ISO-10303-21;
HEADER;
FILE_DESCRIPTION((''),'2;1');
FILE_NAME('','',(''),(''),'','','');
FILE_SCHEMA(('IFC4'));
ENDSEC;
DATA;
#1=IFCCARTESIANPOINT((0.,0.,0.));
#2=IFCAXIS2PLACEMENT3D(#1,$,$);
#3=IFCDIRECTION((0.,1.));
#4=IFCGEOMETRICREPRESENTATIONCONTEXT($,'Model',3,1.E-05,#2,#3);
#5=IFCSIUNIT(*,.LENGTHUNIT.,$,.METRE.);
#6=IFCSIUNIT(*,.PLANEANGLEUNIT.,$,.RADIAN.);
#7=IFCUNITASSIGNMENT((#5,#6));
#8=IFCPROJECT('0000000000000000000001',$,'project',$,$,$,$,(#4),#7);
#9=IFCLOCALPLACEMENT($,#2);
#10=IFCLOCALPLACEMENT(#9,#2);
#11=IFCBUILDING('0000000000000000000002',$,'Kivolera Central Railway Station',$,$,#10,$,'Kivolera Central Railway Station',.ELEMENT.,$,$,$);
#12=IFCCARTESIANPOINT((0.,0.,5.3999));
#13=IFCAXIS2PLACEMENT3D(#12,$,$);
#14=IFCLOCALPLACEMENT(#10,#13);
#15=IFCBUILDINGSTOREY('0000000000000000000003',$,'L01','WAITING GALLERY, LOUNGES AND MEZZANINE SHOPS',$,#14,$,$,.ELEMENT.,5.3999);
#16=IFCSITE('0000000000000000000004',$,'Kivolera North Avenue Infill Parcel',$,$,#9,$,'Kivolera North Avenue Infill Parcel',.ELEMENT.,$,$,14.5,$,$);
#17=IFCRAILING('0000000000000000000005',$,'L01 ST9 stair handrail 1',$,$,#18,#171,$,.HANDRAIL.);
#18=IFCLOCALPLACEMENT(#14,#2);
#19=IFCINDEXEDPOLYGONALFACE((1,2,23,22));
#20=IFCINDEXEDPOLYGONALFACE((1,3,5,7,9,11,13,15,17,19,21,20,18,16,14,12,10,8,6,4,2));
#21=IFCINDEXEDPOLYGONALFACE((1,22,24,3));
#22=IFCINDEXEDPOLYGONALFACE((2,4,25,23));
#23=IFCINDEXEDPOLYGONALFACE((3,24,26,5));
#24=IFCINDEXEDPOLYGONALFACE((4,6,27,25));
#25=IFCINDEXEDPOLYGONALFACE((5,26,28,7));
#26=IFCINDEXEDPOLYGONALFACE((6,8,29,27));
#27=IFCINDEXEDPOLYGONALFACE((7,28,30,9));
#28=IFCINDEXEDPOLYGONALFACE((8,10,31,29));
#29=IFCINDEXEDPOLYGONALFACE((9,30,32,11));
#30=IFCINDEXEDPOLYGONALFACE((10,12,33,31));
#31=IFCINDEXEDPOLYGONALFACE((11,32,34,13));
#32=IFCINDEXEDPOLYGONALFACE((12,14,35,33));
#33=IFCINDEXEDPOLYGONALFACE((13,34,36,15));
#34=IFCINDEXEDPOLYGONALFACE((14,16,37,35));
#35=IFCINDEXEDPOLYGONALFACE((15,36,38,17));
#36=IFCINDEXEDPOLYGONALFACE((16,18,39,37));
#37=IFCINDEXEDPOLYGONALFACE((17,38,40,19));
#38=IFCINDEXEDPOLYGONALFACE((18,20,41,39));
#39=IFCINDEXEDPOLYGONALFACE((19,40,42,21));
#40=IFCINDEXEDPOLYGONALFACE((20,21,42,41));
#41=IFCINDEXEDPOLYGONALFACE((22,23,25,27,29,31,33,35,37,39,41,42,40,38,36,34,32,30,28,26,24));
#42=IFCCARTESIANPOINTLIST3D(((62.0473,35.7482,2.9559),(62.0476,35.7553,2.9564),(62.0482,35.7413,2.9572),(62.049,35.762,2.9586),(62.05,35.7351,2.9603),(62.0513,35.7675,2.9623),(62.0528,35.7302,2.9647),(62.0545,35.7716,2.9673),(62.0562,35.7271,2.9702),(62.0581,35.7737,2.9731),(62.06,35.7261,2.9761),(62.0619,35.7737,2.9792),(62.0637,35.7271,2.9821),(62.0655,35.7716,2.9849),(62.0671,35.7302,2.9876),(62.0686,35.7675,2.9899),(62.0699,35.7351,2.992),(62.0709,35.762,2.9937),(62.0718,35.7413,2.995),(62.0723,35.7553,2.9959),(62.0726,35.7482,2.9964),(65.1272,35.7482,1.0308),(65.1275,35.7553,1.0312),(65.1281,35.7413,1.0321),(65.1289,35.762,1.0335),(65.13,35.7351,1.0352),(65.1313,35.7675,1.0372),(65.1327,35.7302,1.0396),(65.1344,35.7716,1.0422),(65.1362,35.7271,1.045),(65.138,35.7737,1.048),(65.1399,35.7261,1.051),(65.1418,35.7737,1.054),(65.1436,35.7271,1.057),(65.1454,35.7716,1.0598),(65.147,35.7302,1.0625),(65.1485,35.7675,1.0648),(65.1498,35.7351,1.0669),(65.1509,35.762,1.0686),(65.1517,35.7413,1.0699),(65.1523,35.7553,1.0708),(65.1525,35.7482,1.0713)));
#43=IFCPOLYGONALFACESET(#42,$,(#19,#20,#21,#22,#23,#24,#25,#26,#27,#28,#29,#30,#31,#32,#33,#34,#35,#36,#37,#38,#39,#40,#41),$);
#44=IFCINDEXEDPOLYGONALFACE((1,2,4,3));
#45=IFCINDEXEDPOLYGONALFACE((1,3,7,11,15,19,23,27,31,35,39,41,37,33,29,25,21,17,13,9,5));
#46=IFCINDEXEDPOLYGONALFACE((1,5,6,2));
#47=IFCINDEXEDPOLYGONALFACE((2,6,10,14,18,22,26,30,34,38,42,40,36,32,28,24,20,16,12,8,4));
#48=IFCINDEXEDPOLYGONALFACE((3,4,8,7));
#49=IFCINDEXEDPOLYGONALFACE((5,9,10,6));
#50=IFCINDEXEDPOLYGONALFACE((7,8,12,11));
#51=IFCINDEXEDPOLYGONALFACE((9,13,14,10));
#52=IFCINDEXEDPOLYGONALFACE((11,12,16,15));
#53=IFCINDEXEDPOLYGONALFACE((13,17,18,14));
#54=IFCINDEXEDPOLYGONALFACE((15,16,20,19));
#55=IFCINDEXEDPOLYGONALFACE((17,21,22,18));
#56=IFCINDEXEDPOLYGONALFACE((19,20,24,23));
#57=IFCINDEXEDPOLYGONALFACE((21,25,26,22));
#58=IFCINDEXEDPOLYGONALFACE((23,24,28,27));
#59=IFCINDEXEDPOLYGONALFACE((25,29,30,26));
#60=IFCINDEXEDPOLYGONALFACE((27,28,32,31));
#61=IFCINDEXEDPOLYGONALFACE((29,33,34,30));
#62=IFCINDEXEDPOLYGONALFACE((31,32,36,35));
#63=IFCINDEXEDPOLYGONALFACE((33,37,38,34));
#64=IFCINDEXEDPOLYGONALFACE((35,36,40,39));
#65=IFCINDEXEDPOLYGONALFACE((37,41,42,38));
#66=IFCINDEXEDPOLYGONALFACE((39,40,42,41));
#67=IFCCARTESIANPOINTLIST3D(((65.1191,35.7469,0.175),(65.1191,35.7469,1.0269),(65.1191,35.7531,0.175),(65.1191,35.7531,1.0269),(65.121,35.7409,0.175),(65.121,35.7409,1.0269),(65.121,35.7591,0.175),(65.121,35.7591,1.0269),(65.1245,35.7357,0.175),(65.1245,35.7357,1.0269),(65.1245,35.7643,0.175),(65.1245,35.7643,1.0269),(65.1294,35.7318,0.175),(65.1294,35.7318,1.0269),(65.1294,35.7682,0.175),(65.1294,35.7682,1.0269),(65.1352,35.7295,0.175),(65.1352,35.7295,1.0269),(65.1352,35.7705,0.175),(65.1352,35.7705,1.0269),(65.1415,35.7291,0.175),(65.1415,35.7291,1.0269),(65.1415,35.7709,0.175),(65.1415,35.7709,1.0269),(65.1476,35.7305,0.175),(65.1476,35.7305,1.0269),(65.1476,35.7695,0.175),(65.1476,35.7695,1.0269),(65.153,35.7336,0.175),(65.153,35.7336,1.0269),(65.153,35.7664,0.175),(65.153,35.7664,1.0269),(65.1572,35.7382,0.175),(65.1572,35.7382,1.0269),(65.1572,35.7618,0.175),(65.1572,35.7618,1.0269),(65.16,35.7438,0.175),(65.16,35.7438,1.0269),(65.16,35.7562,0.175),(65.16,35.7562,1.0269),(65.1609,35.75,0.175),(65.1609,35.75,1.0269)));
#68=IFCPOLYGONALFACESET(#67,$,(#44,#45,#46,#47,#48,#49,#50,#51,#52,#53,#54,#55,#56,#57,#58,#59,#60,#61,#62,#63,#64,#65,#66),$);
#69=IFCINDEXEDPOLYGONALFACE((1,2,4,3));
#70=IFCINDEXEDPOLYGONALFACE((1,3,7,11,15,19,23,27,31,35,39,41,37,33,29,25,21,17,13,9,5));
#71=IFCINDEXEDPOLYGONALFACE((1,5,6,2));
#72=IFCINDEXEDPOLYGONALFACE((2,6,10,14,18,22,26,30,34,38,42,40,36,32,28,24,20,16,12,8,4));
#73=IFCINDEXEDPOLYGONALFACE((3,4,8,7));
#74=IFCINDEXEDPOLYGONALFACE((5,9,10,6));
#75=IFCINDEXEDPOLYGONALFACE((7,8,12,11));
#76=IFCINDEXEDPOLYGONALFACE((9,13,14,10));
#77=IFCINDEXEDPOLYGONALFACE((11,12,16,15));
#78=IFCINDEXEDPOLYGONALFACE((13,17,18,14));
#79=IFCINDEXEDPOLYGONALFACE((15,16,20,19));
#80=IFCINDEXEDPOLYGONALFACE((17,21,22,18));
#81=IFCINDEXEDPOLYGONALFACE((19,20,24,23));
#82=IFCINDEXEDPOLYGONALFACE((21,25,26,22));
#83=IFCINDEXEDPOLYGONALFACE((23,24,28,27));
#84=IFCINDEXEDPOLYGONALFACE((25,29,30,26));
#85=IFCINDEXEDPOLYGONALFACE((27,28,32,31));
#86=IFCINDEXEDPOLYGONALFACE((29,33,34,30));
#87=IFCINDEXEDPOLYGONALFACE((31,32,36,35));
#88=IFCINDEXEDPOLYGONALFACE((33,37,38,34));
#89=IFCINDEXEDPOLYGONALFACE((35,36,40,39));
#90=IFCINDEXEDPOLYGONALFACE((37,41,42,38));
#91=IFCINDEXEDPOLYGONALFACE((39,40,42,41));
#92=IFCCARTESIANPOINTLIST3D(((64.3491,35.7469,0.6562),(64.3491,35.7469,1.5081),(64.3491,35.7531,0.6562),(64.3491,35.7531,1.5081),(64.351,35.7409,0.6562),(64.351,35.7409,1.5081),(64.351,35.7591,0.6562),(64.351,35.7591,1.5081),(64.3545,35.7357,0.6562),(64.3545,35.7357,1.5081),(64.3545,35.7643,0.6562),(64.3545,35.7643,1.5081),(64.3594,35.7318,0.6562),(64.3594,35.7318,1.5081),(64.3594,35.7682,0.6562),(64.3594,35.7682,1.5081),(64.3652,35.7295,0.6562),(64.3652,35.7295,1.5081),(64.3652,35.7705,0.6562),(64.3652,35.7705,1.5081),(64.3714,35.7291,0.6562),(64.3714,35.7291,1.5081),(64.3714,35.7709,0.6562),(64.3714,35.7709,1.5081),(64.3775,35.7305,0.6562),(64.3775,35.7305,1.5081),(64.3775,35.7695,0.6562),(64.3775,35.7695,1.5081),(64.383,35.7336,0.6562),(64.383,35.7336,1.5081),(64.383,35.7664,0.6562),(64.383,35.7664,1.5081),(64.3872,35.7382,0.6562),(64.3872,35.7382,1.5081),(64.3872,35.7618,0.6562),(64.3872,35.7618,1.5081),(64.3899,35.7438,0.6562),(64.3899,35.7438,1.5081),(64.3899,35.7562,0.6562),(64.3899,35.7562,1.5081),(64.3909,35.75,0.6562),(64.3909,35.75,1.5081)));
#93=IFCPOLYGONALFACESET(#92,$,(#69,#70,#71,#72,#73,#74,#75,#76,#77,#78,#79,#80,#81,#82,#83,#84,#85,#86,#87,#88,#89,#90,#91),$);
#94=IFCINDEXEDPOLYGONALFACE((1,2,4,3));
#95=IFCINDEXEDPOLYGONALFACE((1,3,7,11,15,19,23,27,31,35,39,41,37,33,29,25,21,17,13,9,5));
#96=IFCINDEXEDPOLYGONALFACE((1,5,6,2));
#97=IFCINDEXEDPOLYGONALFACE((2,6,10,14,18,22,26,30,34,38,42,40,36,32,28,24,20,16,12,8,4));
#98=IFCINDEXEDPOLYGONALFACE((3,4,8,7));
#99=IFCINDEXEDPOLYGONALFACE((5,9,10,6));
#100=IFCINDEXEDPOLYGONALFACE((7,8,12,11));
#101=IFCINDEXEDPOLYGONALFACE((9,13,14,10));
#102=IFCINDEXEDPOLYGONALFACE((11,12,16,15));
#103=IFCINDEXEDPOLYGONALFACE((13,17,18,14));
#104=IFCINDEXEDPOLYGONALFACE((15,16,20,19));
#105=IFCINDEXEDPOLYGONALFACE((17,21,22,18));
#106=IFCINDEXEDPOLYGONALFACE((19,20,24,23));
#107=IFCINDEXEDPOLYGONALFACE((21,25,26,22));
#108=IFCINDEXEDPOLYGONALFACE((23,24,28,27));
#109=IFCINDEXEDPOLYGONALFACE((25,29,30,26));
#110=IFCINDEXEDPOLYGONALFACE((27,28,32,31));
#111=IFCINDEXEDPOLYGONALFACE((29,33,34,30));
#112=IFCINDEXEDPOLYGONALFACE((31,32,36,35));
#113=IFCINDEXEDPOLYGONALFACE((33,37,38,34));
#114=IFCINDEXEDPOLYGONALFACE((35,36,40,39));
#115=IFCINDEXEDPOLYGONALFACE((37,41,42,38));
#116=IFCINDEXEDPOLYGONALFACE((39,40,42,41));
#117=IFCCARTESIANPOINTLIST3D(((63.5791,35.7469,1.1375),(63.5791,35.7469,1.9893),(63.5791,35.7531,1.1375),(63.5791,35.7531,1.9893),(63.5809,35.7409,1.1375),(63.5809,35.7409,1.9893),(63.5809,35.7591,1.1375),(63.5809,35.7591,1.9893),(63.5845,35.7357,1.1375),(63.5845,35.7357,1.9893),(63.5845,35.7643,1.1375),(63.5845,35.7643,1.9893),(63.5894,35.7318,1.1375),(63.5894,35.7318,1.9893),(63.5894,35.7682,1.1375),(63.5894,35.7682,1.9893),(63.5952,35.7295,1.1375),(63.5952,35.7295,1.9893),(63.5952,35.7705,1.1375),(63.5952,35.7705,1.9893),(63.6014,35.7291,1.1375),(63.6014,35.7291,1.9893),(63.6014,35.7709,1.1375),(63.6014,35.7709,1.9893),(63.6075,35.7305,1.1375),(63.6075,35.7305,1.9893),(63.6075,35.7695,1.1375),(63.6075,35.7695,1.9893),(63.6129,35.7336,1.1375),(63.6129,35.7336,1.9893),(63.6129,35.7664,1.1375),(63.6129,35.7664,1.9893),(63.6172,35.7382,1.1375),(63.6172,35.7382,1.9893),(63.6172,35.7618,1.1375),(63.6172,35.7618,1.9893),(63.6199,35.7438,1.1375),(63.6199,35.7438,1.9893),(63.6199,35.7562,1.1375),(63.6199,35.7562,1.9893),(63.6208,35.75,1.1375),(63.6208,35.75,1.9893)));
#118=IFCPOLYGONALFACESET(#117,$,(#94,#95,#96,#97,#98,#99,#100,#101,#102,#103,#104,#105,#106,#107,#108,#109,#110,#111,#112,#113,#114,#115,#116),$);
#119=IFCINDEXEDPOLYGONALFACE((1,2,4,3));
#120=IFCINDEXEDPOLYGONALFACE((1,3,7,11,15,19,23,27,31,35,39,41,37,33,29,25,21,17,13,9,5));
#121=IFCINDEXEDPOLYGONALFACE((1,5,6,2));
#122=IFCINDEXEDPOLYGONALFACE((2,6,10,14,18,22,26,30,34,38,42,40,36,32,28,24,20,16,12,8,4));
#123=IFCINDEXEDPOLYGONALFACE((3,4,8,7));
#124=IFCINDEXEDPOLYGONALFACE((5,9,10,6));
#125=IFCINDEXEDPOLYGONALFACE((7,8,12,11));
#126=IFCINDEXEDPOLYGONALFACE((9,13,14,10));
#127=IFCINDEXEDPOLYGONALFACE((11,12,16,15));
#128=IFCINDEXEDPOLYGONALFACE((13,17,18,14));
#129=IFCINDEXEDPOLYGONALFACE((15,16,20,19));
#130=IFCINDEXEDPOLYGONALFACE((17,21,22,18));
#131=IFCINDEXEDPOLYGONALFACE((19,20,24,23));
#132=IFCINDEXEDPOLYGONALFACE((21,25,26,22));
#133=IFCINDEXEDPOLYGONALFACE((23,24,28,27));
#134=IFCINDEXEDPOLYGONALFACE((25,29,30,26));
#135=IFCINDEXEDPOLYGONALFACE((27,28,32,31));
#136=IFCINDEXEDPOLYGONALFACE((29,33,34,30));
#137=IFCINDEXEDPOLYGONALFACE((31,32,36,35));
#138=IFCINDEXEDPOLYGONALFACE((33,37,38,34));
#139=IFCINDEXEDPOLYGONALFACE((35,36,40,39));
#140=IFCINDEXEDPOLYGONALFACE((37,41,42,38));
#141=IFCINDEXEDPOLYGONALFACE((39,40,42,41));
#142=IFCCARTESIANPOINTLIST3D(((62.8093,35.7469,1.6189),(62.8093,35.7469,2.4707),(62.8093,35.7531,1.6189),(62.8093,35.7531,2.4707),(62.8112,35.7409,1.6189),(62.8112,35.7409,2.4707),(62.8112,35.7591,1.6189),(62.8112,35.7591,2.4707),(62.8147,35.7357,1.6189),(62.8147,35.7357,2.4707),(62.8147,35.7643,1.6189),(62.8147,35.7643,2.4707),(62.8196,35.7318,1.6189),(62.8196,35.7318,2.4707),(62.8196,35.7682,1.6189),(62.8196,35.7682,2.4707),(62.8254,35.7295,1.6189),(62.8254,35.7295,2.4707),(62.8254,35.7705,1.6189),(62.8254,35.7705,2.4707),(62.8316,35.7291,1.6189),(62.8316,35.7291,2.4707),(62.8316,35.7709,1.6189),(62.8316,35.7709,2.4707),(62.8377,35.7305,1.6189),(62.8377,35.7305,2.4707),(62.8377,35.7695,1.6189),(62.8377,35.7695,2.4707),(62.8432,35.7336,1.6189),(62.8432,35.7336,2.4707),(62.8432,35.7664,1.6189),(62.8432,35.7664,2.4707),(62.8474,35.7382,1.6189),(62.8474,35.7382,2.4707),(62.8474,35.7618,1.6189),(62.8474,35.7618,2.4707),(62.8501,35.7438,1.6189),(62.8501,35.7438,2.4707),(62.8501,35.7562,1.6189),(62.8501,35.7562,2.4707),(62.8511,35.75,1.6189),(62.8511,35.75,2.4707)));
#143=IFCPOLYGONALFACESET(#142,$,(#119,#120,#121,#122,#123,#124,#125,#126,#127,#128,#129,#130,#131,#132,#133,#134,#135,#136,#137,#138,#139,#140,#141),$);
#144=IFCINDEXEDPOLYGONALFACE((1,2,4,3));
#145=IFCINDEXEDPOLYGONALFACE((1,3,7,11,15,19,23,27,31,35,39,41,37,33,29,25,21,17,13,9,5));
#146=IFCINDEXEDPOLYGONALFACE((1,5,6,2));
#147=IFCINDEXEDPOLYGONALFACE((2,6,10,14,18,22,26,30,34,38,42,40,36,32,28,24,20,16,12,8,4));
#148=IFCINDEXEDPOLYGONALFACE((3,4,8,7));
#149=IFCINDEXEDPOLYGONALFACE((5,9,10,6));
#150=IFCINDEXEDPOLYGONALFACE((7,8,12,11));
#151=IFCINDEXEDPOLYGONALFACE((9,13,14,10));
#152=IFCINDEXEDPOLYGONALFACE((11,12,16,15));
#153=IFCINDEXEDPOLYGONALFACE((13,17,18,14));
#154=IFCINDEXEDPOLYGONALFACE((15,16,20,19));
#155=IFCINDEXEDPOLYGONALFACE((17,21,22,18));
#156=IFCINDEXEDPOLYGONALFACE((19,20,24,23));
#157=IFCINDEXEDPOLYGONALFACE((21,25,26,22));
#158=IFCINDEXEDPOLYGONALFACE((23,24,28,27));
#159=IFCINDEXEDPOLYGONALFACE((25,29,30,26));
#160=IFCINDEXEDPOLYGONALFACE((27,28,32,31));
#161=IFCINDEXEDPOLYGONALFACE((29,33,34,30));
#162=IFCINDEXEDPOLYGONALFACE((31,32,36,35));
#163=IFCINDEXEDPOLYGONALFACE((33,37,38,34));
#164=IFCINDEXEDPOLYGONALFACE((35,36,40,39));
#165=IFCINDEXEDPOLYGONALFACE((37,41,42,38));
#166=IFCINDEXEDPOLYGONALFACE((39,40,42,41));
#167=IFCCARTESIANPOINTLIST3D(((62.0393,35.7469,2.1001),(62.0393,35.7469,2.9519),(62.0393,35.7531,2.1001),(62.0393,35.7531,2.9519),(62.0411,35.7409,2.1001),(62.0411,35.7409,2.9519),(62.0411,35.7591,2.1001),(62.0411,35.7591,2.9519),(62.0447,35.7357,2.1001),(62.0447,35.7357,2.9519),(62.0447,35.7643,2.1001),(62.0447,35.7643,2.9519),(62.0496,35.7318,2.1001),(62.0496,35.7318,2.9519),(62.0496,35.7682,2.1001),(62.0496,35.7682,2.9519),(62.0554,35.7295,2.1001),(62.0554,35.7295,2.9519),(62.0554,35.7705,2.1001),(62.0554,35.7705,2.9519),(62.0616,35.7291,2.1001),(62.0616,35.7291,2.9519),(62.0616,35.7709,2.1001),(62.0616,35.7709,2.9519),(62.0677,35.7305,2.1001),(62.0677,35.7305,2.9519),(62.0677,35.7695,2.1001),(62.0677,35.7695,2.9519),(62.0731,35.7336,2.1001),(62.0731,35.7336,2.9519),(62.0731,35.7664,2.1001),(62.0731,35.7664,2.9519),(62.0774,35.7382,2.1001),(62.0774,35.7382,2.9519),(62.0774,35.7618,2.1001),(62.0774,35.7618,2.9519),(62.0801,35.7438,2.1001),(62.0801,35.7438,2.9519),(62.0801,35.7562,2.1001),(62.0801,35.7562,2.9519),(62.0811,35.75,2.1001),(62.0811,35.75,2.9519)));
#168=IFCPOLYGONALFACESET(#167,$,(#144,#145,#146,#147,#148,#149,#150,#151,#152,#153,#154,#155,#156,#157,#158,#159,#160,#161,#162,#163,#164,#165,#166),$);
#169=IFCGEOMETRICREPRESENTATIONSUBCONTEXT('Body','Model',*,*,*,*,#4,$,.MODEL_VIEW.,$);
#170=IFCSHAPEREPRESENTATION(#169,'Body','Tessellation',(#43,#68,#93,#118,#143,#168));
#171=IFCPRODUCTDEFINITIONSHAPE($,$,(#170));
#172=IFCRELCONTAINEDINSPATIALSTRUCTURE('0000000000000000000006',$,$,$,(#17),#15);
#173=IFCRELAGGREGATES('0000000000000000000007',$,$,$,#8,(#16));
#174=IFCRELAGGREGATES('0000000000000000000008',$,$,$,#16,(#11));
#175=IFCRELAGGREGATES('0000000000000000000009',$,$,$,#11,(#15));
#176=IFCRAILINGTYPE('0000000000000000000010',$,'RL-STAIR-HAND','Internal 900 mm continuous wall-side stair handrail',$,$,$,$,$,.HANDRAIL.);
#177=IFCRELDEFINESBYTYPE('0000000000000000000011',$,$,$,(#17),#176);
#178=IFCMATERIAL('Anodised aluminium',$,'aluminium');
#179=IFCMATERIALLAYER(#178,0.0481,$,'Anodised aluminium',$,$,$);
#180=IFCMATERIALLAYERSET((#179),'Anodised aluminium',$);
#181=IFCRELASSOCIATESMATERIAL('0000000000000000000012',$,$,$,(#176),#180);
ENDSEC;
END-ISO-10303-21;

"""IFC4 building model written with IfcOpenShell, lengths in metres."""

from ifc_helpers import new_model, si_unit, direction, frame, origin, origin_2d, place, context, subcontext, project, spatial, circle, extrude, material, layer, layer_set, type_object, element, save


model = new_model("IFC4")

# Units and contexts
model_context = context("Model", 3, precision=1e-05, world=origin(), true_north=direction((0.0, 1.0)))
body_context = subcontext(model_context, "Body", "Model", "MODEL_VIEW")
ifc_project = project(units=[si_unit("LENGTHUNIT", "METRE"), si_unit("PLANEANGLEUNIT", "RADIAN")], contexts=[model_context])

# Site, building, storey
site_placement = place(None, origin())
site = spatial("IfcSite", under=ifc_project, at=site_placement, Name="Kivolera North Avenue Infill Parcel", LongName="Kivolera North Avenue Infill Parcel", CompositionType="ELEMENT", RefElevation=14.5)
building_placement = place(site_placement, origin())
building = spatial("IfcBuilding", under=site, at=building_placement, Name="Kivolera Central Railway Station", LongName="Kivolera Central Railway Station", CompositionType="ELEMENT")
storey_placement = place(building_placement, frame((0.0, 0.0, 5.3999)))
storey = spatial("IfcBuildingStorey", under=building, at=storey_placement, Name="L01", Description="WAITING GALLERY, LOUNGES AND MEZZANINE SHOPS", CompositionType="ELEMENT", Elevation=5.3999)

# Railing
ifc_material_1 = material(Name="Anodised aluminium", Category="aluminium")
ifc_layer_1 = layer(ifc_material_1, 0.0481, Name="Anodised aluminium")
ifc_layer_set_1 = layer_set([ifc_layer_1], Name="Anodised aluminium")
railing_type_1 = type_object("IfcRailingType", Name="RL-STAIR-HAND", Description="Internal 900 mm continuous wall-side stair handrail", PredefinedType="HANDRAIL", material=ifc_layer_set_1)
railing_1_placement = place(storey_placement, frame((65.1399, 35.75, 0.175)))
element("IfcRailing", 1, at=railing_1_placement, inside=storey, type_object=railing_type_1, Name="L01 ST9 stair handrail 1", PredefinedType="HANDRAIL", context=body_context, shape_type="SweptSolid", body=[
    extrude(circle(Radius=0.0239, at=origin_2d()), frame((0.0, 0.0, 0.876), z_axis=(-0.847979, 0.0, 0.530029), x_axis=(0.0, -1.0, 0.0)), (0.0, 0.0, 1.0), 3.6321),
    extrude(circle(Radius=0.021, at=origin_2d()), origin(), (0.0, 0.0, 1.0), 0.8518),
    extrude(circle(Radius=0.021, at=origin_2d()), frame((-0.77, 0.0, 0.4812)), (0.0, 0.0, 1.0), 0.8518),
    extrude(circle(Radius=0.021, at=origin_2d()), frame((-1.54, 0.0, 0.9624)), (0.0, 0.0, 1.0), 0.8518),
    extrude(circle(Radius=0.021, at=origin_2d()), frame((-2.3098, 0.0, 1.4438)), (0.0, 0.0, 1.0), 0.8518),
    extrude(circle(Radius=0.021, at=origin_2d()), frame((-3.0798, 0.0, 1.925)), (0.0, 0.0, 1.0), 0.8518),
])

save(model, "model.ifc")
